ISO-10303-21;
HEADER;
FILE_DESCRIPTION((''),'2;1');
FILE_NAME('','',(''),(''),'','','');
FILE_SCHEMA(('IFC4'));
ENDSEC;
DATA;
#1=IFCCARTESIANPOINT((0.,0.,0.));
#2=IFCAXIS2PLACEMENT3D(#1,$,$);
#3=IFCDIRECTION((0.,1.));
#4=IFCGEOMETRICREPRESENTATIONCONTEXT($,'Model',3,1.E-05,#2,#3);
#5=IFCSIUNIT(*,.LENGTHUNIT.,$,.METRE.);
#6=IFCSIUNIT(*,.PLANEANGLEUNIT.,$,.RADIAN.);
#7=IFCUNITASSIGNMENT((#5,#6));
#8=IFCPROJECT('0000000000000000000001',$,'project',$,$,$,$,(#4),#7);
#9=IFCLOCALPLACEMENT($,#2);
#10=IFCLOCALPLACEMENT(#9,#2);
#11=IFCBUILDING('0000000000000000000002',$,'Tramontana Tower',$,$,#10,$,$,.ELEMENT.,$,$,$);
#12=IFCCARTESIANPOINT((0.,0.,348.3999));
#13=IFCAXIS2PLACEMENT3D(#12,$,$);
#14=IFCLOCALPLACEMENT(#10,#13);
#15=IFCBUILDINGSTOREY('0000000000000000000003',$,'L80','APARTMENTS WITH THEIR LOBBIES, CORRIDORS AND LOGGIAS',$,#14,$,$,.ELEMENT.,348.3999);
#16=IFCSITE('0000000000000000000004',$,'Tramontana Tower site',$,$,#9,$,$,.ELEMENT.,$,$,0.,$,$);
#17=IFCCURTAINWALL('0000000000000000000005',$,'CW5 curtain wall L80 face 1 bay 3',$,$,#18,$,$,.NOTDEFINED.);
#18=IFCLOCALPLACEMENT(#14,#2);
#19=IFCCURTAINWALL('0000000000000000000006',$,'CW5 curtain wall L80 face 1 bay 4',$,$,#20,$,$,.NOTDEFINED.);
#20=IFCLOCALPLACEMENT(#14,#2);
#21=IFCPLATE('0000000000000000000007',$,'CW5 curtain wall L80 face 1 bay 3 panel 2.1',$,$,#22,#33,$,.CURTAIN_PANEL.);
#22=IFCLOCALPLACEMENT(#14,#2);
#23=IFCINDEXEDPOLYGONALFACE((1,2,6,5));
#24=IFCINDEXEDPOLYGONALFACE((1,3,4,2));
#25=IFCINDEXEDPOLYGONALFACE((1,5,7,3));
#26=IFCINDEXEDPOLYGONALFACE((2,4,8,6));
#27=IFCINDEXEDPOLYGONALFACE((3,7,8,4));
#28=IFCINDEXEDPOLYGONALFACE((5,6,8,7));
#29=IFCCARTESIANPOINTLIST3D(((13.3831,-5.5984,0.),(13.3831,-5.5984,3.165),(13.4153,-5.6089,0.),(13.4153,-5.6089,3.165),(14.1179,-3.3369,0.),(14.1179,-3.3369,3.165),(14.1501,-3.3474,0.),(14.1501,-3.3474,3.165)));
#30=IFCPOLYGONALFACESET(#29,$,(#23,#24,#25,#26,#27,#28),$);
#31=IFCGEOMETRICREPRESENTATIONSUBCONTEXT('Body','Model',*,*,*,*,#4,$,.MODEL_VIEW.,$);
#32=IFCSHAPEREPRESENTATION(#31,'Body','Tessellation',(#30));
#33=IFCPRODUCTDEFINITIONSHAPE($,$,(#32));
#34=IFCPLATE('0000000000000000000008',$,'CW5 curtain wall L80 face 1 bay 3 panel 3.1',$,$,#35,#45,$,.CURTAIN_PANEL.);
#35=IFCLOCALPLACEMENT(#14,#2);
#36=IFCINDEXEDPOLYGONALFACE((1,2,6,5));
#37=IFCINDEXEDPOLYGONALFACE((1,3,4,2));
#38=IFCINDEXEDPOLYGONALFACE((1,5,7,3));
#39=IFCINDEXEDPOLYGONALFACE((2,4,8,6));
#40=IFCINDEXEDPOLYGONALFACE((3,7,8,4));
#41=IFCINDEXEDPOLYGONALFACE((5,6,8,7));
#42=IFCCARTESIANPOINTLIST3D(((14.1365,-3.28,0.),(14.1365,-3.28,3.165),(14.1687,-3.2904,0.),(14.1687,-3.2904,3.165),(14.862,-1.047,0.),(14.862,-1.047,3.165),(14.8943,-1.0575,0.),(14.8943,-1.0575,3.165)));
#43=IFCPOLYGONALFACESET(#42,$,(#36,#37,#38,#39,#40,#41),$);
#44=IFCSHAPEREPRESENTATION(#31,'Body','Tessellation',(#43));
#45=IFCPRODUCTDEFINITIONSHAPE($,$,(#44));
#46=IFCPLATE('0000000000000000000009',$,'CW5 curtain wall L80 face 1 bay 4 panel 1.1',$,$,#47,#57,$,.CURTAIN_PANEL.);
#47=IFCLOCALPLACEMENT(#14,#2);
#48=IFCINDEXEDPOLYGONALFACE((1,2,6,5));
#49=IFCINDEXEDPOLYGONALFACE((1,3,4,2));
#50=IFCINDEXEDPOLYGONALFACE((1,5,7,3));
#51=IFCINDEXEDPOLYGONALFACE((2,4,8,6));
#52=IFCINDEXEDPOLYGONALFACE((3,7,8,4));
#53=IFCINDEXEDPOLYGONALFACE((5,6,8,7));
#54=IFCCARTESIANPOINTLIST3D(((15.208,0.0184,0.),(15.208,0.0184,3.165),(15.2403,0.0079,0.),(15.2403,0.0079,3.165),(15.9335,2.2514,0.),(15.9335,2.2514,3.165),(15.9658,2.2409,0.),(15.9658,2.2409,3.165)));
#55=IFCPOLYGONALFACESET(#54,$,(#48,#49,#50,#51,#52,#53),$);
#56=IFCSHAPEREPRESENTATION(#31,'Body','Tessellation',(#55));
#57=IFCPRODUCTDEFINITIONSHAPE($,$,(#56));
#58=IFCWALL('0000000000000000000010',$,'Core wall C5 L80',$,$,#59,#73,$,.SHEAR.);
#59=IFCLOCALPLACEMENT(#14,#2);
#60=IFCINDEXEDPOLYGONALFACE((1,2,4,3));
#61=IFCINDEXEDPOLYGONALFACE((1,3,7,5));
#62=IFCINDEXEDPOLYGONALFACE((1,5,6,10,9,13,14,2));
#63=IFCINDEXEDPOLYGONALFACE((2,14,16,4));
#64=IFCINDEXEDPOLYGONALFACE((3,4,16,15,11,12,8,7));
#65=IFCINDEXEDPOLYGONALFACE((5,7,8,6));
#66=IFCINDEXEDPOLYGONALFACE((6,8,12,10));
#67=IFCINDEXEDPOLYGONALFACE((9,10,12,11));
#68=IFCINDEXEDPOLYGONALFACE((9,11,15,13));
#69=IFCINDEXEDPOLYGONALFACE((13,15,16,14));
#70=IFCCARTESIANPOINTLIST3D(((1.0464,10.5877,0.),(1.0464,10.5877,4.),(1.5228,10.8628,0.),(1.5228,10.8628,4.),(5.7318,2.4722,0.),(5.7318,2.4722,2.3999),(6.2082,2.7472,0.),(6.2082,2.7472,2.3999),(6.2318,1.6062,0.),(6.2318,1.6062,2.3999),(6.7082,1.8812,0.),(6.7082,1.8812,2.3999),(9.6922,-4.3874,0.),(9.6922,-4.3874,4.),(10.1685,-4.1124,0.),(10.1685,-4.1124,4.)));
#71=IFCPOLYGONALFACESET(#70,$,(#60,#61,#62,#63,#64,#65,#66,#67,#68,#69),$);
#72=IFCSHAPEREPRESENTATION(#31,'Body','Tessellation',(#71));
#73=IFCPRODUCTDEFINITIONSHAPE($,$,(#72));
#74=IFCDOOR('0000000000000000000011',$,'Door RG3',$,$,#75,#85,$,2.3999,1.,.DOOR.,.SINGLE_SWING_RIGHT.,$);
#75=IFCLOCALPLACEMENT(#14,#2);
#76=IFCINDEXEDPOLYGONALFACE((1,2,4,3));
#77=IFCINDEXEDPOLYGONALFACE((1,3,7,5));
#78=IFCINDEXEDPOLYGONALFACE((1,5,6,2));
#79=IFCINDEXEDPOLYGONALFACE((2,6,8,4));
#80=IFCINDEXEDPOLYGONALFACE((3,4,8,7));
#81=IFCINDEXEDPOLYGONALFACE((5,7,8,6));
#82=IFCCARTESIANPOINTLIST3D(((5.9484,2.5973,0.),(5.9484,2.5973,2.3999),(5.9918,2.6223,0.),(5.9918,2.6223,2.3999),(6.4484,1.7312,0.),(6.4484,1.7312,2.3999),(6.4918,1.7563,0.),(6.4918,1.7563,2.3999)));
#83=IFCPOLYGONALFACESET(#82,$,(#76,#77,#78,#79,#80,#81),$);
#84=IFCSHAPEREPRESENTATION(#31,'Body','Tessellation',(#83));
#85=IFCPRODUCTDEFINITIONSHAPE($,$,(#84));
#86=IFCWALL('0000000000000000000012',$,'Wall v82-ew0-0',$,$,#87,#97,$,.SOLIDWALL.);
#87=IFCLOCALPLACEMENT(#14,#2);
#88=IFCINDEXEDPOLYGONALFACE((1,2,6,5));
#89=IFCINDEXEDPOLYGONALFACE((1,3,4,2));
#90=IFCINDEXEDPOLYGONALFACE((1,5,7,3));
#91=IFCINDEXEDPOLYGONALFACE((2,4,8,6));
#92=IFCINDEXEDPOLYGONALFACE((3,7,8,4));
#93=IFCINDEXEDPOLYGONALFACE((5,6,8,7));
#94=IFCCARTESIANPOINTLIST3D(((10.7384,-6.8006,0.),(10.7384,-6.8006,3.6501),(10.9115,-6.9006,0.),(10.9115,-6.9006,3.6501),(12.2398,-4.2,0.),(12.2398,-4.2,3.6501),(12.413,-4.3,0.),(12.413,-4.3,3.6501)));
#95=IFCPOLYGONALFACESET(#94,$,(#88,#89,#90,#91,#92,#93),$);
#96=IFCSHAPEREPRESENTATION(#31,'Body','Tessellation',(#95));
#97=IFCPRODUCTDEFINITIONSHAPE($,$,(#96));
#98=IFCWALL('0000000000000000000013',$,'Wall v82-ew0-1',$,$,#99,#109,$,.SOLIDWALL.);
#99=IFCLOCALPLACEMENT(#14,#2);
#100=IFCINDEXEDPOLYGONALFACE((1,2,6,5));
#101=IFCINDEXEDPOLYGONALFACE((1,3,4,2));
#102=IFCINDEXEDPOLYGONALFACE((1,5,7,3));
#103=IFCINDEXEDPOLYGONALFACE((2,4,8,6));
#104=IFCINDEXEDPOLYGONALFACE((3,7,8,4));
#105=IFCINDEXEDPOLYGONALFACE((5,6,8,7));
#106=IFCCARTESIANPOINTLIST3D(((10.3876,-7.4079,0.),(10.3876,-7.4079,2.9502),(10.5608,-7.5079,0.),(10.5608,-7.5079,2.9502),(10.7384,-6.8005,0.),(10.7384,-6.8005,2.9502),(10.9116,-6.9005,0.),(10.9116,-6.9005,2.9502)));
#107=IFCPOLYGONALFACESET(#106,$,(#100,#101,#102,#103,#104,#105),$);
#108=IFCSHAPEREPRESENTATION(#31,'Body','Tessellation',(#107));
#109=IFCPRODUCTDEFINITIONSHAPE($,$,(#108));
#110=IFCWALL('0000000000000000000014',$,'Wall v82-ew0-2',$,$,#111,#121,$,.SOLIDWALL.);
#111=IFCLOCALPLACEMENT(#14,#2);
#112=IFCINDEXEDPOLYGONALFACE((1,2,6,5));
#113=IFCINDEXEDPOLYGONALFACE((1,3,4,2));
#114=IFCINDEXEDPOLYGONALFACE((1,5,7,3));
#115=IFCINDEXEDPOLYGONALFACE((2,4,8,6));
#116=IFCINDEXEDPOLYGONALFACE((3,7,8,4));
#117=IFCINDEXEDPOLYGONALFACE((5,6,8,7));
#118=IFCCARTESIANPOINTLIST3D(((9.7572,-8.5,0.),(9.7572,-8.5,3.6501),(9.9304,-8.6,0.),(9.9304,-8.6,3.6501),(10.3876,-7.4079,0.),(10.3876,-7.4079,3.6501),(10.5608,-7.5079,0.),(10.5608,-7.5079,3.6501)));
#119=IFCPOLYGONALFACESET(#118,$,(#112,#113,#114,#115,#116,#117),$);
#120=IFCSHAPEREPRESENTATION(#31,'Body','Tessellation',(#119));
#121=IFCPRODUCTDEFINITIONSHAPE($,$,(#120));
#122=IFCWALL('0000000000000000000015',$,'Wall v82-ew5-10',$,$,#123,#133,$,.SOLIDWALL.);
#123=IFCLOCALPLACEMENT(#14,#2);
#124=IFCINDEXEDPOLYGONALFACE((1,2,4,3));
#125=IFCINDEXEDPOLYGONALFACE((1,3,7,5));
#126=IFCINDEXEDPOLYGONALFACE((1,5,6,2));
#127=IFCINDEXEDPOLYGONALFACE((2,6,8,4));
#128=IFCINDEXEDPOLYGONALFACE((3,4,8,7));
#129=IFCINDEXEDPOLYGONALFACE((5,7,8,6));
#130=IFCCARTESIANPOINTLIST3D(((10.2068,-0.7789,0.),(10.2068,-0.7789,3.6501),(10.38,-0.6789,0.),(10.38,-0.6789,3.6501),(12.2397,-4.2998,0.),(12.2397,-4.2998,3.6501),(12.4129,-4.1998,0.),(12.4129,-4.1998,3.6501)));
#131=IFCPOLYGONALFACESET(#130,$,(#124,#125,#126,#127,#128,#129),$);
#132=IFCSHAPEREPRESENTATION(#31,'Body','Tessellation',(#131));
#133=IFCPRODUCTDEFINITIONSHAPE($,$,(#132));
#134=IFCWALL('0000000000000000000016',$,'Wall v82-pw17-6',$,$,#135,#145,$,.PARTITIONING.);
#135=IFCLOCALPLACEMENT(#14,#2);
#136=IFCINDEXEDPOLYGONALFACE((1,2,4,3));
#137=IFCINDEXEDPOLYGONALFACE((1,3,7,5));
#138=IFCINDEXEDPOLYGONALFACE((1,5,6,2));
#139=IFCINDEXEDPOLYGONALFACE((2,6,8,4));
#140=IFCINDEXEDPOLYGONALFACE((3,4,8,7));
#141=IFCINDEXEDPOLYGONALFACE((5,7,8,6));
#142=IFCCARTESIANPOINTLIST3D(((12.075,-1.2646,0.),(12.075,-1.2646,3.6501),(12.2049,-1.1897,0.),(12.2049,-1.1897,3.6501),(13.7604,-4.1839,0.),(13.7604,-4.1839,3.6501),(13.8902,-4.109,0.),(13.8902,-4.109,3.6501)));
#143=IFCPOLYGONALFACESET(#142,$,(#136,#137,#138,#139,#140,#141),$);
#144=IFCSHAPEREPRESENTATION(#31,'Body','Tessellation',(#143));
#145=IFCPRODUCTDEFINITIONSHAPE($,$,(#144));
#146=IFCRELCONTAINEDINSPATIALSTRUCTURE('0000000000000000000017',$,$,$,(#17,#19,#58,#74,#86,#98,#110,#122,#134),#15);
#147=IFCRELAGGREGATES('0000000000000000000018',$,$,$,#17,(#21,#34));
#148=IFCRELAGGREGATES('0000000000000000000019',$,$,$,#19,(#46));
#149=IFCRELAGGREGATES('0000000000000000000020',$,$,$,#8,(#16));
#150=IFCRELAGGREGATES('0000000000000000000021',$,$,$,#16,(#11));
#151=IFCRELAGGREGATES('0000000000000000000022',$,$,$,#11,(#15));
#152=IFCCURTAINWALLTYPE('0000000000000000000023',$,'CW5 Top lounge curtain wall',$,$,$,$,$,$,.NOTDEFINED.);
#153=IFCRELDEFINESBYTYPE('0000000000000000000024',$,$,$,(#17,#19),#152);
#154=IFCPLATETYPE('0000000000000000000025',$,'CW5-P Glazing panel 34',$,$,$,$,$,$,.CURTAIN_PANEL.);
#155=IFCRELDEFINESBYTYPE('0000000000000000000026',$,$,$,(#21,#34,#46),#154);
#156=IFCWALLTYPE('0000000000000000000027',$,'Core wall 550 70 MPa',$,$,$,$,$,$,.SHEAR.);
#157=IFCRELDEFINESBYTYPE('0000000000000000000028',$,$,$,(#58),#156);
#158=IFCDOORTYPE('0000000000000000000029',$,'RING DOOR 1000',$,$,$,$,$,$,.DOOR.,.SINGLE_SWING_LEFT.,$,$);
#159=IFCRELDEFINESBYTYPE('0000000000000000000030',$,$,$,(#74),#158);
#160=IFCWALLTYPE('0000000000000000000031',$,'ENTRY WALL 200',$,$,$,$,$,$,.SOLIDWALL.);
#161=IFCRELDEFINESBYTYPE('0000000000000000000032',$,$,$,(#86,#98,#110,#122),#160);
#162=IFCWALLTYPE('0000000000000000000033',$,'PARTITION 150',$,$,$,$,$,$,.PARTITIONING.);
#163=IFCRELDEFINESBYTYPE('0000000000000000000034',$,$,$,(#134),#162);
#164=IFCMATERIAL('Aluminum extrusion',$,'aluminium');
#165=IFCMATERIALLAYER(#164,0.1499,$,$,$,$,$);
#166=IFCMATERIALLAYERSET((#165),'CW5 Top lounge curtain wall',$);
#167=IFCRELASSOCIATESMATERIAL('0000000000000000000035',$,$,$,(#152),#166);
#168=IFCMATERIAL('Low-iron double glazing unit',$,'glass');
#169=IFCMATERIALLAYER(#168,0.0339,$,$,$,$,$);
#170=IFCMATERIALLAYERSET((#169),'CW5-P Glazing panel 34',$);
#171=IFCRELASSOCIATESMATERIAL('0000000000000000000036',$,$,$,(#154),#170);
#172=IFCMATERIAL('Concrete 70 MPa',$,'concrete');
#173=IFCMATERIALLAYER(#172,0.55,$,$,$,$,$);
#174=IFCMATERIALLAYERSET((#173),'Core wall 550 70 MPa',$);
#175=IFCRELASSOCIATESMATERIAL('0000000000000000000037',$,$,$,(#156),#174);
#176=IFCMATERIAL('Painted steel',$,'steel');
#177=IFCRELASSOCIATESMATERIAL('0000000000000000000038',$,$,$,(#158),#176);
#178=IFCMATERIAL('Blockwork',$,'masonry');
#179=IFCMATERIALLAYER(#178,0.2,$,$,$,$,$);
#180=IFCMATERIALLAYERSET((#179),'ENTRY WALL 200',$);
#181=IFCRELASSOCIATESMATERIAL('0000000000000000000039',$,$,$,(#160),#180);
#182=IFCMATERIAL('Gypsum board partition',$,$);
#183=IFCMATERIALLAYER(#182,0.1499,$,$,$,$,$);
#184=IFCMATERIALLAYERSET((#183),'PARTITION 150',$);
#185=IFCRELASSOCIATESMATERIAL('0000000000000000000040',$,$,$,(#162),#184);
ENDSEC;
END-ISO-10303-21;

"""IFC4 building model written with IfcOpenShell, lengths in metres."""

from ifc_helpers import new_model, si_unit, direction, frame, frame_2d, origin, origin_2d, place, context, subcontext, project, spatial, rectangle, extrude, material, layer, layer_set, type_object, element, fill, aggregate, save


model = new_model("IFC4")

# Units and contexts
model_context = context("Model", 3, precision=1e-05, world=origin(), true_north=direction((0.0, 1.0)))
body_context = subcontext(model_context, "Body", "Model", "MODEL_VIEW")
ifc_project = project(units=[si_unit("LENGTHUNIT", "METRE"), si_unit("PLANEANGLEUNIT", "RADIAN")], contexts=[model_context])

# Site, building, storey
site_placement = place(None, origin())
site = spatial("IfcSite", under=ifc_project, at=site_placement, Name="Tramontana Tower site", CompositionType="ELEMENT", RefElevation=0.0)
building_placement = place(site_placement, origin())
building = spatial("IfcBuilding", under=site, at=building_placement, Name="Tramontana Tower", CompositionType="ELEMENT")
storey_placement = place(building_placement, frame((0.0, 0.0, 348.3999)))
storey = spatial("IfcBuildingStorey", under=building, at=storey_placement, Name="L80", Description="APARTMENTS WITH THEIR LOBBIES, CORRIDORS AND LOGGIAS", CompositionType="ELEMENT", Elevation=348.3999)

# Curtain wall
ifc_material_1 = material(Name="Aluminum extrusion", Category="aluminium")
ifc_layer_1 = layer(ifc_material_1, 0.1499)
ifc_layer_set_1 = layer_set([ifc_layer_1], Name="CW5 Top lounge curtain wall")
curtain_wall_type = type_object("IfcCurtainWallType", Name="CW5 Top lounge curtain wall", PredefinedType="NOTDEFINED", material=ifc_layer_set_1)
curtain_wall_1_placement = place(storey_placement, origin())
curtain_wall_1 = element("IfcCurtainWall", 1, at=curtain_wall_1_placement, inside=storey, type_object=curtain_wall_type, Name="CW5 curtain wall L80 face 1 bay 3", PredefinedType="NOTDEFINED")

# Curtain wall
curtain_wall_2_placement = place(storey_placement, origin())
curtain_wall_2 = element("IfcCurtainWall", 2, at=curtain_wall_2_placement, inside=storey, type_object=curtain_wall_type, Name="CW5 curtain wall L80 face 1 bay 4", PredefinedType="NOTDEFINED")

# Plates
ifc_material_2 = material(Name="Low-iron double glazing unit", Category="glass")
ifc_layer_2 = layer(ifc_material_2, 0.0339)
ifc_layer_set_2 = layer_set([ifc_layer_2], Name="CW5-P Glazing panel 34")
plate_type = type_object("IfcPlateType", Name="CW5-P Glazing panel 34", PredefinedType="CURTAIN_PANEL", material=ifc_layer_set_2)
plate_1_placement = place(storey_placement, frame((13.7666, -4.4729, 0.0), z_axis=(0.0, 0.0, 1.0), x_axis=(0.309017, 0.951057, 0.0)))
plate_1 = element("IfcPlate", 3, at=plate_1_placement, type_object=plate_type, Name="CW5 curtain wall L80 face 1 bay 3 panel 2.1", PredefinedType="CURTAIN_PANEL", context=body_context, shape_type="SweptSolid", body=[
    extrude(rectangle(XDim=2.3779, YDim=0.0339, at=origin_2d()), origin(), (0.0, 0.0, 1.0), 3.165),
])
plate_2_placement = place(storey_placement, frame((14.5154, -2.1687, 0.0), z_axis=(0.0, 0.0, 1.0), x_axis=(0.309017, 0.951057, 0.0)))
plate_2 = element("IfcPlate", 4, at=plate_2_placement, type_object=plate_type, Name="CW5 curtain wall L80 face 1 bay 3 panel 3.1", PredefinedType="CURTAIN_PANEL", context=body_context, shape_type="SweptSolid", body=[
    extrude(rectangle(XDim=2.3479, YDim=0.0339, at=origin_2d()), origin(), (0.0, 0.0, 1.0), 3.165),
])
aggregate(curtain_wall_1, [plate_1, plate_2])
plate_3_placement = place(storey_placement, frame((15.5869, 1.1296, 0.0), z_axis=(0.0, 0.0, 1.0), x_axis=(0.309017, 0.951057, 0.0)))
plate_3 = element("IfcPlate", 5, at=plate_3_placement, type_object=plate_type, Name="CW5 curtain wall L80 face 1 bay 4 panel 1.1", PredefinedType="CURTAIN_PANEL", context=body_context, shape_type="SweptSolid", body=[
    extrude(rectangle(XDim=2.3479, YDim=0.0339, at=origin_2d()), origin(), (0.0, 0.0, 1.0), 3.165),
])
aggregate(curtain_wall_2, [plate_3])

# Wall, opening, door
ifc_material_3 = material(Name="Concrete 70 MPa", Category="concrete")
ifc_layer_3 = layer(ifc_material_3, 0.55)
ifc_layer_set_3 = layer_set([ifc_layer_3], Name="Core wall 550 70 MPa")
wall_type_1 = type_object("IfcWallType", Name="Core wall 550 70 MPa", PredefinedType="SHEAR", material=ifc_layer_set_3)
wall_1_placement = place(storey_placement, frame((9.9304, -4.25, 0.0), z_axis=(0.0, 0.0, 1.0), x_axis=(-0.499995, 0.866029, 0.0)))
wall_1 = element("IfcWall", 6, at=wall_1_placement, inside=storey, type_object=wall_type_1, Name="Core wall C5 L80", PredefinedType="SHEAR", context=body_context, shape_type="SweptSolid", body=[
    extrude(rectangle(XDim=17.2917, YDim=0.55, at=frame_2d((8.646, 0.0))), origin(), (0.0, 0.0, 1.0), 4.0),
])
opening_1_placement = place(wall_1_placement, frame((6.9209, 0.0, 0.0)))
opening_1 = element("IfcOpeningElement", 7, at=opening_1_placement, cuts=wall_1, PredefinedType="OPENING", context=body_context, shape_type="SweptSolid", body=[
    extrude(rectangle(XDim=1.0, YDim=2.3999, at=frame_2d((0.5, 1.2))), frame((0.0, 0.2849, 0.0), z_axis=(0.0, -1.0, 0.0), x_axis=(1.0, 0.0, 0.0)), (0.0, 0.0, 1.0), 0.5701),
])
ifc_material_4 = material(Name="Painted steel", Category="steel")
door_type_1 = type_object("IfcDoorType", Name="RING DOOR 1000", OperationType="SINGLE_SWING_LEFT", PredefinedType="DOOR", material=ifc_material_4)
door_1_placement = place(opening_1_placement, origin())
door_1 = element("IfcDoor", 8, at=door_1_placement, inside=storey, type_object=door_type_1, Name="Door RG3", OperationType="SINGLE_SWING_RIGHT", OverallHeight=2.3999, OverallWidth=1.0, PredefinedType="DOOR", context=body_context, shape_type="SweptSolid", body=[
    extrude(rectangle(XDim=1.0, YDim=2.3999, at=frame_2d((0.5, 1.2))), frame((0.0, 0.0249, 0.0), z_axis=(0.0, -1.0, 0.0), x_axis=(1.0, 0.0, 0.0)), (0.0, 0.0, 1.0), 0.05),
])
fill(opening_1, door_1)

# Walls
ifc_material_5 = material(Name="Blockwork", Category="masonry")
ifc_layer_4 = layer(ifc_material_5, 0.2)
ifc_layer_set_4 = layer_set([ifc_layer_4], Name="ENTRY WALL 200")
wall_type_2 = type_object("IfcWallType", Name="ENTRY WALL 200", PredefinedType="SOLIDWALL", material=ifc_layer_set_4)
wall_2_placement = place(storey_placement, frame((12.3264, -4.25, 0.0), z_axis=(0.0, 0.0, 1.0), x_axis=(-0.500004, -0.866023, 0.0)))
element("IfcWall", 9, at=wall_2_placement, inside=storey, type_object=wall_type_2, Name="Wall v82-ew0-0", PredefinedType="SOLIDWALL", context=body_context, shape_type="SweptSolid", body=[
    extrude(rectangle(XDim=3.0029, YDim=0.2, at=frame_2d((1.5015, 0.0))), origin(), (0.0, 0.0, 1.0), 3.6501),
])
wall_3_placement = place(storey_placement, frame((10.825, -6.8506, 0.0), z_axis=(0.0, 0.0, 1.0), x_axis=(-0.500144, -0.865942, 0.0)))
element("IfcWall", 10, at=wall_3_placement, inside=storey, type_object=wall_type_2, Name="Wall v82-ew0-1", PredefinedType="SOLIDWALL", context=body_context, shape_type="SweptSolid", body=[
    extrude(rectangle(XDim=0.7014, YDim=0.2, at=frame_2d((0.3506, 0.0))), origin(), (0.0, 0.0, 1.0), 2.9502),
])
wall_4_placement = place(storey_placement, frame((10.4741, -7.458, 0.0), z_axis=(0.0, 0.0, 1.0), x_axis=(-0.499929, -0.866066, 0.0)))
element("IfcWall", 11, at=wall_4_placement, inside=storey, type_object=wall_type_2, Name="Wall v82-ew0-2", PredefinedType="SOLIDWALL", context=body_context, shape_type="SweptSolid", body=[
    extrude(rectangle(XDim=1.261, YDim=0.2, at=frame_2d((0.6304, 0.0))), origin(), (0.0, 0.0, 1.0), 3.6501),
])
wall_5_placement = place(storey_placement, frame((10.2935, -0.729, 0.0), z_axis=(0.0, 0.0, 1.0), x_axis=(0.50002, -0.866014, 0.0)))
element("IfcWall", 12, at=wall_5_placement, inside=storey, type_object=wall_type_2, Name="Wall v82-ew5-10", PredefinedType="SOLIDWALL", context=body_context, shape_type="SweptSolid", body=[
    extrude(rectangle(XDim=4.0657, YDim=0.2, at=frame_2d((2.0327, 0.0))), origin(), (0.0, 0.0, 1.0), 3.6501),
])

# Shared definitions
ifc_material_6 = material(Name="Gypsum board partition")
ifc_layer_5 = layer(ifc_material_6, 0.1499)
ifc_layer_set_5 = layer_set([ifc_layer_5], Name="PARTITION 150")
wall_type_3 = type_object("IfcWallType", Name="PARTITION 150", PredefinedType="PARTITIONING", material=ifc_layer_set_5)

# Wall
wall_6_placement = place(storey_placement, frame((12.1399, -1.2271, 0.0), z_axis=(0.0, 0.0, 1.0), x_axis=(0.49998, -0.866037, 0.0)))
element("IfcWall", 13, at=wall_6_placement, inside=storey, type_object=wall_type_3, Name="Wall v82-pw17-6", PredefinedType="PARTITIONING", context=body_context, shape_type="SweptSolid", body=[
    extrude(rectangle(XDim=3.3708, YDim=0.1499, at=frame_2d((1.6855, 0.0))), origin(), (0.0, 0.0, 1.0), 3.6501),
])

save(model, "model.ifc")
